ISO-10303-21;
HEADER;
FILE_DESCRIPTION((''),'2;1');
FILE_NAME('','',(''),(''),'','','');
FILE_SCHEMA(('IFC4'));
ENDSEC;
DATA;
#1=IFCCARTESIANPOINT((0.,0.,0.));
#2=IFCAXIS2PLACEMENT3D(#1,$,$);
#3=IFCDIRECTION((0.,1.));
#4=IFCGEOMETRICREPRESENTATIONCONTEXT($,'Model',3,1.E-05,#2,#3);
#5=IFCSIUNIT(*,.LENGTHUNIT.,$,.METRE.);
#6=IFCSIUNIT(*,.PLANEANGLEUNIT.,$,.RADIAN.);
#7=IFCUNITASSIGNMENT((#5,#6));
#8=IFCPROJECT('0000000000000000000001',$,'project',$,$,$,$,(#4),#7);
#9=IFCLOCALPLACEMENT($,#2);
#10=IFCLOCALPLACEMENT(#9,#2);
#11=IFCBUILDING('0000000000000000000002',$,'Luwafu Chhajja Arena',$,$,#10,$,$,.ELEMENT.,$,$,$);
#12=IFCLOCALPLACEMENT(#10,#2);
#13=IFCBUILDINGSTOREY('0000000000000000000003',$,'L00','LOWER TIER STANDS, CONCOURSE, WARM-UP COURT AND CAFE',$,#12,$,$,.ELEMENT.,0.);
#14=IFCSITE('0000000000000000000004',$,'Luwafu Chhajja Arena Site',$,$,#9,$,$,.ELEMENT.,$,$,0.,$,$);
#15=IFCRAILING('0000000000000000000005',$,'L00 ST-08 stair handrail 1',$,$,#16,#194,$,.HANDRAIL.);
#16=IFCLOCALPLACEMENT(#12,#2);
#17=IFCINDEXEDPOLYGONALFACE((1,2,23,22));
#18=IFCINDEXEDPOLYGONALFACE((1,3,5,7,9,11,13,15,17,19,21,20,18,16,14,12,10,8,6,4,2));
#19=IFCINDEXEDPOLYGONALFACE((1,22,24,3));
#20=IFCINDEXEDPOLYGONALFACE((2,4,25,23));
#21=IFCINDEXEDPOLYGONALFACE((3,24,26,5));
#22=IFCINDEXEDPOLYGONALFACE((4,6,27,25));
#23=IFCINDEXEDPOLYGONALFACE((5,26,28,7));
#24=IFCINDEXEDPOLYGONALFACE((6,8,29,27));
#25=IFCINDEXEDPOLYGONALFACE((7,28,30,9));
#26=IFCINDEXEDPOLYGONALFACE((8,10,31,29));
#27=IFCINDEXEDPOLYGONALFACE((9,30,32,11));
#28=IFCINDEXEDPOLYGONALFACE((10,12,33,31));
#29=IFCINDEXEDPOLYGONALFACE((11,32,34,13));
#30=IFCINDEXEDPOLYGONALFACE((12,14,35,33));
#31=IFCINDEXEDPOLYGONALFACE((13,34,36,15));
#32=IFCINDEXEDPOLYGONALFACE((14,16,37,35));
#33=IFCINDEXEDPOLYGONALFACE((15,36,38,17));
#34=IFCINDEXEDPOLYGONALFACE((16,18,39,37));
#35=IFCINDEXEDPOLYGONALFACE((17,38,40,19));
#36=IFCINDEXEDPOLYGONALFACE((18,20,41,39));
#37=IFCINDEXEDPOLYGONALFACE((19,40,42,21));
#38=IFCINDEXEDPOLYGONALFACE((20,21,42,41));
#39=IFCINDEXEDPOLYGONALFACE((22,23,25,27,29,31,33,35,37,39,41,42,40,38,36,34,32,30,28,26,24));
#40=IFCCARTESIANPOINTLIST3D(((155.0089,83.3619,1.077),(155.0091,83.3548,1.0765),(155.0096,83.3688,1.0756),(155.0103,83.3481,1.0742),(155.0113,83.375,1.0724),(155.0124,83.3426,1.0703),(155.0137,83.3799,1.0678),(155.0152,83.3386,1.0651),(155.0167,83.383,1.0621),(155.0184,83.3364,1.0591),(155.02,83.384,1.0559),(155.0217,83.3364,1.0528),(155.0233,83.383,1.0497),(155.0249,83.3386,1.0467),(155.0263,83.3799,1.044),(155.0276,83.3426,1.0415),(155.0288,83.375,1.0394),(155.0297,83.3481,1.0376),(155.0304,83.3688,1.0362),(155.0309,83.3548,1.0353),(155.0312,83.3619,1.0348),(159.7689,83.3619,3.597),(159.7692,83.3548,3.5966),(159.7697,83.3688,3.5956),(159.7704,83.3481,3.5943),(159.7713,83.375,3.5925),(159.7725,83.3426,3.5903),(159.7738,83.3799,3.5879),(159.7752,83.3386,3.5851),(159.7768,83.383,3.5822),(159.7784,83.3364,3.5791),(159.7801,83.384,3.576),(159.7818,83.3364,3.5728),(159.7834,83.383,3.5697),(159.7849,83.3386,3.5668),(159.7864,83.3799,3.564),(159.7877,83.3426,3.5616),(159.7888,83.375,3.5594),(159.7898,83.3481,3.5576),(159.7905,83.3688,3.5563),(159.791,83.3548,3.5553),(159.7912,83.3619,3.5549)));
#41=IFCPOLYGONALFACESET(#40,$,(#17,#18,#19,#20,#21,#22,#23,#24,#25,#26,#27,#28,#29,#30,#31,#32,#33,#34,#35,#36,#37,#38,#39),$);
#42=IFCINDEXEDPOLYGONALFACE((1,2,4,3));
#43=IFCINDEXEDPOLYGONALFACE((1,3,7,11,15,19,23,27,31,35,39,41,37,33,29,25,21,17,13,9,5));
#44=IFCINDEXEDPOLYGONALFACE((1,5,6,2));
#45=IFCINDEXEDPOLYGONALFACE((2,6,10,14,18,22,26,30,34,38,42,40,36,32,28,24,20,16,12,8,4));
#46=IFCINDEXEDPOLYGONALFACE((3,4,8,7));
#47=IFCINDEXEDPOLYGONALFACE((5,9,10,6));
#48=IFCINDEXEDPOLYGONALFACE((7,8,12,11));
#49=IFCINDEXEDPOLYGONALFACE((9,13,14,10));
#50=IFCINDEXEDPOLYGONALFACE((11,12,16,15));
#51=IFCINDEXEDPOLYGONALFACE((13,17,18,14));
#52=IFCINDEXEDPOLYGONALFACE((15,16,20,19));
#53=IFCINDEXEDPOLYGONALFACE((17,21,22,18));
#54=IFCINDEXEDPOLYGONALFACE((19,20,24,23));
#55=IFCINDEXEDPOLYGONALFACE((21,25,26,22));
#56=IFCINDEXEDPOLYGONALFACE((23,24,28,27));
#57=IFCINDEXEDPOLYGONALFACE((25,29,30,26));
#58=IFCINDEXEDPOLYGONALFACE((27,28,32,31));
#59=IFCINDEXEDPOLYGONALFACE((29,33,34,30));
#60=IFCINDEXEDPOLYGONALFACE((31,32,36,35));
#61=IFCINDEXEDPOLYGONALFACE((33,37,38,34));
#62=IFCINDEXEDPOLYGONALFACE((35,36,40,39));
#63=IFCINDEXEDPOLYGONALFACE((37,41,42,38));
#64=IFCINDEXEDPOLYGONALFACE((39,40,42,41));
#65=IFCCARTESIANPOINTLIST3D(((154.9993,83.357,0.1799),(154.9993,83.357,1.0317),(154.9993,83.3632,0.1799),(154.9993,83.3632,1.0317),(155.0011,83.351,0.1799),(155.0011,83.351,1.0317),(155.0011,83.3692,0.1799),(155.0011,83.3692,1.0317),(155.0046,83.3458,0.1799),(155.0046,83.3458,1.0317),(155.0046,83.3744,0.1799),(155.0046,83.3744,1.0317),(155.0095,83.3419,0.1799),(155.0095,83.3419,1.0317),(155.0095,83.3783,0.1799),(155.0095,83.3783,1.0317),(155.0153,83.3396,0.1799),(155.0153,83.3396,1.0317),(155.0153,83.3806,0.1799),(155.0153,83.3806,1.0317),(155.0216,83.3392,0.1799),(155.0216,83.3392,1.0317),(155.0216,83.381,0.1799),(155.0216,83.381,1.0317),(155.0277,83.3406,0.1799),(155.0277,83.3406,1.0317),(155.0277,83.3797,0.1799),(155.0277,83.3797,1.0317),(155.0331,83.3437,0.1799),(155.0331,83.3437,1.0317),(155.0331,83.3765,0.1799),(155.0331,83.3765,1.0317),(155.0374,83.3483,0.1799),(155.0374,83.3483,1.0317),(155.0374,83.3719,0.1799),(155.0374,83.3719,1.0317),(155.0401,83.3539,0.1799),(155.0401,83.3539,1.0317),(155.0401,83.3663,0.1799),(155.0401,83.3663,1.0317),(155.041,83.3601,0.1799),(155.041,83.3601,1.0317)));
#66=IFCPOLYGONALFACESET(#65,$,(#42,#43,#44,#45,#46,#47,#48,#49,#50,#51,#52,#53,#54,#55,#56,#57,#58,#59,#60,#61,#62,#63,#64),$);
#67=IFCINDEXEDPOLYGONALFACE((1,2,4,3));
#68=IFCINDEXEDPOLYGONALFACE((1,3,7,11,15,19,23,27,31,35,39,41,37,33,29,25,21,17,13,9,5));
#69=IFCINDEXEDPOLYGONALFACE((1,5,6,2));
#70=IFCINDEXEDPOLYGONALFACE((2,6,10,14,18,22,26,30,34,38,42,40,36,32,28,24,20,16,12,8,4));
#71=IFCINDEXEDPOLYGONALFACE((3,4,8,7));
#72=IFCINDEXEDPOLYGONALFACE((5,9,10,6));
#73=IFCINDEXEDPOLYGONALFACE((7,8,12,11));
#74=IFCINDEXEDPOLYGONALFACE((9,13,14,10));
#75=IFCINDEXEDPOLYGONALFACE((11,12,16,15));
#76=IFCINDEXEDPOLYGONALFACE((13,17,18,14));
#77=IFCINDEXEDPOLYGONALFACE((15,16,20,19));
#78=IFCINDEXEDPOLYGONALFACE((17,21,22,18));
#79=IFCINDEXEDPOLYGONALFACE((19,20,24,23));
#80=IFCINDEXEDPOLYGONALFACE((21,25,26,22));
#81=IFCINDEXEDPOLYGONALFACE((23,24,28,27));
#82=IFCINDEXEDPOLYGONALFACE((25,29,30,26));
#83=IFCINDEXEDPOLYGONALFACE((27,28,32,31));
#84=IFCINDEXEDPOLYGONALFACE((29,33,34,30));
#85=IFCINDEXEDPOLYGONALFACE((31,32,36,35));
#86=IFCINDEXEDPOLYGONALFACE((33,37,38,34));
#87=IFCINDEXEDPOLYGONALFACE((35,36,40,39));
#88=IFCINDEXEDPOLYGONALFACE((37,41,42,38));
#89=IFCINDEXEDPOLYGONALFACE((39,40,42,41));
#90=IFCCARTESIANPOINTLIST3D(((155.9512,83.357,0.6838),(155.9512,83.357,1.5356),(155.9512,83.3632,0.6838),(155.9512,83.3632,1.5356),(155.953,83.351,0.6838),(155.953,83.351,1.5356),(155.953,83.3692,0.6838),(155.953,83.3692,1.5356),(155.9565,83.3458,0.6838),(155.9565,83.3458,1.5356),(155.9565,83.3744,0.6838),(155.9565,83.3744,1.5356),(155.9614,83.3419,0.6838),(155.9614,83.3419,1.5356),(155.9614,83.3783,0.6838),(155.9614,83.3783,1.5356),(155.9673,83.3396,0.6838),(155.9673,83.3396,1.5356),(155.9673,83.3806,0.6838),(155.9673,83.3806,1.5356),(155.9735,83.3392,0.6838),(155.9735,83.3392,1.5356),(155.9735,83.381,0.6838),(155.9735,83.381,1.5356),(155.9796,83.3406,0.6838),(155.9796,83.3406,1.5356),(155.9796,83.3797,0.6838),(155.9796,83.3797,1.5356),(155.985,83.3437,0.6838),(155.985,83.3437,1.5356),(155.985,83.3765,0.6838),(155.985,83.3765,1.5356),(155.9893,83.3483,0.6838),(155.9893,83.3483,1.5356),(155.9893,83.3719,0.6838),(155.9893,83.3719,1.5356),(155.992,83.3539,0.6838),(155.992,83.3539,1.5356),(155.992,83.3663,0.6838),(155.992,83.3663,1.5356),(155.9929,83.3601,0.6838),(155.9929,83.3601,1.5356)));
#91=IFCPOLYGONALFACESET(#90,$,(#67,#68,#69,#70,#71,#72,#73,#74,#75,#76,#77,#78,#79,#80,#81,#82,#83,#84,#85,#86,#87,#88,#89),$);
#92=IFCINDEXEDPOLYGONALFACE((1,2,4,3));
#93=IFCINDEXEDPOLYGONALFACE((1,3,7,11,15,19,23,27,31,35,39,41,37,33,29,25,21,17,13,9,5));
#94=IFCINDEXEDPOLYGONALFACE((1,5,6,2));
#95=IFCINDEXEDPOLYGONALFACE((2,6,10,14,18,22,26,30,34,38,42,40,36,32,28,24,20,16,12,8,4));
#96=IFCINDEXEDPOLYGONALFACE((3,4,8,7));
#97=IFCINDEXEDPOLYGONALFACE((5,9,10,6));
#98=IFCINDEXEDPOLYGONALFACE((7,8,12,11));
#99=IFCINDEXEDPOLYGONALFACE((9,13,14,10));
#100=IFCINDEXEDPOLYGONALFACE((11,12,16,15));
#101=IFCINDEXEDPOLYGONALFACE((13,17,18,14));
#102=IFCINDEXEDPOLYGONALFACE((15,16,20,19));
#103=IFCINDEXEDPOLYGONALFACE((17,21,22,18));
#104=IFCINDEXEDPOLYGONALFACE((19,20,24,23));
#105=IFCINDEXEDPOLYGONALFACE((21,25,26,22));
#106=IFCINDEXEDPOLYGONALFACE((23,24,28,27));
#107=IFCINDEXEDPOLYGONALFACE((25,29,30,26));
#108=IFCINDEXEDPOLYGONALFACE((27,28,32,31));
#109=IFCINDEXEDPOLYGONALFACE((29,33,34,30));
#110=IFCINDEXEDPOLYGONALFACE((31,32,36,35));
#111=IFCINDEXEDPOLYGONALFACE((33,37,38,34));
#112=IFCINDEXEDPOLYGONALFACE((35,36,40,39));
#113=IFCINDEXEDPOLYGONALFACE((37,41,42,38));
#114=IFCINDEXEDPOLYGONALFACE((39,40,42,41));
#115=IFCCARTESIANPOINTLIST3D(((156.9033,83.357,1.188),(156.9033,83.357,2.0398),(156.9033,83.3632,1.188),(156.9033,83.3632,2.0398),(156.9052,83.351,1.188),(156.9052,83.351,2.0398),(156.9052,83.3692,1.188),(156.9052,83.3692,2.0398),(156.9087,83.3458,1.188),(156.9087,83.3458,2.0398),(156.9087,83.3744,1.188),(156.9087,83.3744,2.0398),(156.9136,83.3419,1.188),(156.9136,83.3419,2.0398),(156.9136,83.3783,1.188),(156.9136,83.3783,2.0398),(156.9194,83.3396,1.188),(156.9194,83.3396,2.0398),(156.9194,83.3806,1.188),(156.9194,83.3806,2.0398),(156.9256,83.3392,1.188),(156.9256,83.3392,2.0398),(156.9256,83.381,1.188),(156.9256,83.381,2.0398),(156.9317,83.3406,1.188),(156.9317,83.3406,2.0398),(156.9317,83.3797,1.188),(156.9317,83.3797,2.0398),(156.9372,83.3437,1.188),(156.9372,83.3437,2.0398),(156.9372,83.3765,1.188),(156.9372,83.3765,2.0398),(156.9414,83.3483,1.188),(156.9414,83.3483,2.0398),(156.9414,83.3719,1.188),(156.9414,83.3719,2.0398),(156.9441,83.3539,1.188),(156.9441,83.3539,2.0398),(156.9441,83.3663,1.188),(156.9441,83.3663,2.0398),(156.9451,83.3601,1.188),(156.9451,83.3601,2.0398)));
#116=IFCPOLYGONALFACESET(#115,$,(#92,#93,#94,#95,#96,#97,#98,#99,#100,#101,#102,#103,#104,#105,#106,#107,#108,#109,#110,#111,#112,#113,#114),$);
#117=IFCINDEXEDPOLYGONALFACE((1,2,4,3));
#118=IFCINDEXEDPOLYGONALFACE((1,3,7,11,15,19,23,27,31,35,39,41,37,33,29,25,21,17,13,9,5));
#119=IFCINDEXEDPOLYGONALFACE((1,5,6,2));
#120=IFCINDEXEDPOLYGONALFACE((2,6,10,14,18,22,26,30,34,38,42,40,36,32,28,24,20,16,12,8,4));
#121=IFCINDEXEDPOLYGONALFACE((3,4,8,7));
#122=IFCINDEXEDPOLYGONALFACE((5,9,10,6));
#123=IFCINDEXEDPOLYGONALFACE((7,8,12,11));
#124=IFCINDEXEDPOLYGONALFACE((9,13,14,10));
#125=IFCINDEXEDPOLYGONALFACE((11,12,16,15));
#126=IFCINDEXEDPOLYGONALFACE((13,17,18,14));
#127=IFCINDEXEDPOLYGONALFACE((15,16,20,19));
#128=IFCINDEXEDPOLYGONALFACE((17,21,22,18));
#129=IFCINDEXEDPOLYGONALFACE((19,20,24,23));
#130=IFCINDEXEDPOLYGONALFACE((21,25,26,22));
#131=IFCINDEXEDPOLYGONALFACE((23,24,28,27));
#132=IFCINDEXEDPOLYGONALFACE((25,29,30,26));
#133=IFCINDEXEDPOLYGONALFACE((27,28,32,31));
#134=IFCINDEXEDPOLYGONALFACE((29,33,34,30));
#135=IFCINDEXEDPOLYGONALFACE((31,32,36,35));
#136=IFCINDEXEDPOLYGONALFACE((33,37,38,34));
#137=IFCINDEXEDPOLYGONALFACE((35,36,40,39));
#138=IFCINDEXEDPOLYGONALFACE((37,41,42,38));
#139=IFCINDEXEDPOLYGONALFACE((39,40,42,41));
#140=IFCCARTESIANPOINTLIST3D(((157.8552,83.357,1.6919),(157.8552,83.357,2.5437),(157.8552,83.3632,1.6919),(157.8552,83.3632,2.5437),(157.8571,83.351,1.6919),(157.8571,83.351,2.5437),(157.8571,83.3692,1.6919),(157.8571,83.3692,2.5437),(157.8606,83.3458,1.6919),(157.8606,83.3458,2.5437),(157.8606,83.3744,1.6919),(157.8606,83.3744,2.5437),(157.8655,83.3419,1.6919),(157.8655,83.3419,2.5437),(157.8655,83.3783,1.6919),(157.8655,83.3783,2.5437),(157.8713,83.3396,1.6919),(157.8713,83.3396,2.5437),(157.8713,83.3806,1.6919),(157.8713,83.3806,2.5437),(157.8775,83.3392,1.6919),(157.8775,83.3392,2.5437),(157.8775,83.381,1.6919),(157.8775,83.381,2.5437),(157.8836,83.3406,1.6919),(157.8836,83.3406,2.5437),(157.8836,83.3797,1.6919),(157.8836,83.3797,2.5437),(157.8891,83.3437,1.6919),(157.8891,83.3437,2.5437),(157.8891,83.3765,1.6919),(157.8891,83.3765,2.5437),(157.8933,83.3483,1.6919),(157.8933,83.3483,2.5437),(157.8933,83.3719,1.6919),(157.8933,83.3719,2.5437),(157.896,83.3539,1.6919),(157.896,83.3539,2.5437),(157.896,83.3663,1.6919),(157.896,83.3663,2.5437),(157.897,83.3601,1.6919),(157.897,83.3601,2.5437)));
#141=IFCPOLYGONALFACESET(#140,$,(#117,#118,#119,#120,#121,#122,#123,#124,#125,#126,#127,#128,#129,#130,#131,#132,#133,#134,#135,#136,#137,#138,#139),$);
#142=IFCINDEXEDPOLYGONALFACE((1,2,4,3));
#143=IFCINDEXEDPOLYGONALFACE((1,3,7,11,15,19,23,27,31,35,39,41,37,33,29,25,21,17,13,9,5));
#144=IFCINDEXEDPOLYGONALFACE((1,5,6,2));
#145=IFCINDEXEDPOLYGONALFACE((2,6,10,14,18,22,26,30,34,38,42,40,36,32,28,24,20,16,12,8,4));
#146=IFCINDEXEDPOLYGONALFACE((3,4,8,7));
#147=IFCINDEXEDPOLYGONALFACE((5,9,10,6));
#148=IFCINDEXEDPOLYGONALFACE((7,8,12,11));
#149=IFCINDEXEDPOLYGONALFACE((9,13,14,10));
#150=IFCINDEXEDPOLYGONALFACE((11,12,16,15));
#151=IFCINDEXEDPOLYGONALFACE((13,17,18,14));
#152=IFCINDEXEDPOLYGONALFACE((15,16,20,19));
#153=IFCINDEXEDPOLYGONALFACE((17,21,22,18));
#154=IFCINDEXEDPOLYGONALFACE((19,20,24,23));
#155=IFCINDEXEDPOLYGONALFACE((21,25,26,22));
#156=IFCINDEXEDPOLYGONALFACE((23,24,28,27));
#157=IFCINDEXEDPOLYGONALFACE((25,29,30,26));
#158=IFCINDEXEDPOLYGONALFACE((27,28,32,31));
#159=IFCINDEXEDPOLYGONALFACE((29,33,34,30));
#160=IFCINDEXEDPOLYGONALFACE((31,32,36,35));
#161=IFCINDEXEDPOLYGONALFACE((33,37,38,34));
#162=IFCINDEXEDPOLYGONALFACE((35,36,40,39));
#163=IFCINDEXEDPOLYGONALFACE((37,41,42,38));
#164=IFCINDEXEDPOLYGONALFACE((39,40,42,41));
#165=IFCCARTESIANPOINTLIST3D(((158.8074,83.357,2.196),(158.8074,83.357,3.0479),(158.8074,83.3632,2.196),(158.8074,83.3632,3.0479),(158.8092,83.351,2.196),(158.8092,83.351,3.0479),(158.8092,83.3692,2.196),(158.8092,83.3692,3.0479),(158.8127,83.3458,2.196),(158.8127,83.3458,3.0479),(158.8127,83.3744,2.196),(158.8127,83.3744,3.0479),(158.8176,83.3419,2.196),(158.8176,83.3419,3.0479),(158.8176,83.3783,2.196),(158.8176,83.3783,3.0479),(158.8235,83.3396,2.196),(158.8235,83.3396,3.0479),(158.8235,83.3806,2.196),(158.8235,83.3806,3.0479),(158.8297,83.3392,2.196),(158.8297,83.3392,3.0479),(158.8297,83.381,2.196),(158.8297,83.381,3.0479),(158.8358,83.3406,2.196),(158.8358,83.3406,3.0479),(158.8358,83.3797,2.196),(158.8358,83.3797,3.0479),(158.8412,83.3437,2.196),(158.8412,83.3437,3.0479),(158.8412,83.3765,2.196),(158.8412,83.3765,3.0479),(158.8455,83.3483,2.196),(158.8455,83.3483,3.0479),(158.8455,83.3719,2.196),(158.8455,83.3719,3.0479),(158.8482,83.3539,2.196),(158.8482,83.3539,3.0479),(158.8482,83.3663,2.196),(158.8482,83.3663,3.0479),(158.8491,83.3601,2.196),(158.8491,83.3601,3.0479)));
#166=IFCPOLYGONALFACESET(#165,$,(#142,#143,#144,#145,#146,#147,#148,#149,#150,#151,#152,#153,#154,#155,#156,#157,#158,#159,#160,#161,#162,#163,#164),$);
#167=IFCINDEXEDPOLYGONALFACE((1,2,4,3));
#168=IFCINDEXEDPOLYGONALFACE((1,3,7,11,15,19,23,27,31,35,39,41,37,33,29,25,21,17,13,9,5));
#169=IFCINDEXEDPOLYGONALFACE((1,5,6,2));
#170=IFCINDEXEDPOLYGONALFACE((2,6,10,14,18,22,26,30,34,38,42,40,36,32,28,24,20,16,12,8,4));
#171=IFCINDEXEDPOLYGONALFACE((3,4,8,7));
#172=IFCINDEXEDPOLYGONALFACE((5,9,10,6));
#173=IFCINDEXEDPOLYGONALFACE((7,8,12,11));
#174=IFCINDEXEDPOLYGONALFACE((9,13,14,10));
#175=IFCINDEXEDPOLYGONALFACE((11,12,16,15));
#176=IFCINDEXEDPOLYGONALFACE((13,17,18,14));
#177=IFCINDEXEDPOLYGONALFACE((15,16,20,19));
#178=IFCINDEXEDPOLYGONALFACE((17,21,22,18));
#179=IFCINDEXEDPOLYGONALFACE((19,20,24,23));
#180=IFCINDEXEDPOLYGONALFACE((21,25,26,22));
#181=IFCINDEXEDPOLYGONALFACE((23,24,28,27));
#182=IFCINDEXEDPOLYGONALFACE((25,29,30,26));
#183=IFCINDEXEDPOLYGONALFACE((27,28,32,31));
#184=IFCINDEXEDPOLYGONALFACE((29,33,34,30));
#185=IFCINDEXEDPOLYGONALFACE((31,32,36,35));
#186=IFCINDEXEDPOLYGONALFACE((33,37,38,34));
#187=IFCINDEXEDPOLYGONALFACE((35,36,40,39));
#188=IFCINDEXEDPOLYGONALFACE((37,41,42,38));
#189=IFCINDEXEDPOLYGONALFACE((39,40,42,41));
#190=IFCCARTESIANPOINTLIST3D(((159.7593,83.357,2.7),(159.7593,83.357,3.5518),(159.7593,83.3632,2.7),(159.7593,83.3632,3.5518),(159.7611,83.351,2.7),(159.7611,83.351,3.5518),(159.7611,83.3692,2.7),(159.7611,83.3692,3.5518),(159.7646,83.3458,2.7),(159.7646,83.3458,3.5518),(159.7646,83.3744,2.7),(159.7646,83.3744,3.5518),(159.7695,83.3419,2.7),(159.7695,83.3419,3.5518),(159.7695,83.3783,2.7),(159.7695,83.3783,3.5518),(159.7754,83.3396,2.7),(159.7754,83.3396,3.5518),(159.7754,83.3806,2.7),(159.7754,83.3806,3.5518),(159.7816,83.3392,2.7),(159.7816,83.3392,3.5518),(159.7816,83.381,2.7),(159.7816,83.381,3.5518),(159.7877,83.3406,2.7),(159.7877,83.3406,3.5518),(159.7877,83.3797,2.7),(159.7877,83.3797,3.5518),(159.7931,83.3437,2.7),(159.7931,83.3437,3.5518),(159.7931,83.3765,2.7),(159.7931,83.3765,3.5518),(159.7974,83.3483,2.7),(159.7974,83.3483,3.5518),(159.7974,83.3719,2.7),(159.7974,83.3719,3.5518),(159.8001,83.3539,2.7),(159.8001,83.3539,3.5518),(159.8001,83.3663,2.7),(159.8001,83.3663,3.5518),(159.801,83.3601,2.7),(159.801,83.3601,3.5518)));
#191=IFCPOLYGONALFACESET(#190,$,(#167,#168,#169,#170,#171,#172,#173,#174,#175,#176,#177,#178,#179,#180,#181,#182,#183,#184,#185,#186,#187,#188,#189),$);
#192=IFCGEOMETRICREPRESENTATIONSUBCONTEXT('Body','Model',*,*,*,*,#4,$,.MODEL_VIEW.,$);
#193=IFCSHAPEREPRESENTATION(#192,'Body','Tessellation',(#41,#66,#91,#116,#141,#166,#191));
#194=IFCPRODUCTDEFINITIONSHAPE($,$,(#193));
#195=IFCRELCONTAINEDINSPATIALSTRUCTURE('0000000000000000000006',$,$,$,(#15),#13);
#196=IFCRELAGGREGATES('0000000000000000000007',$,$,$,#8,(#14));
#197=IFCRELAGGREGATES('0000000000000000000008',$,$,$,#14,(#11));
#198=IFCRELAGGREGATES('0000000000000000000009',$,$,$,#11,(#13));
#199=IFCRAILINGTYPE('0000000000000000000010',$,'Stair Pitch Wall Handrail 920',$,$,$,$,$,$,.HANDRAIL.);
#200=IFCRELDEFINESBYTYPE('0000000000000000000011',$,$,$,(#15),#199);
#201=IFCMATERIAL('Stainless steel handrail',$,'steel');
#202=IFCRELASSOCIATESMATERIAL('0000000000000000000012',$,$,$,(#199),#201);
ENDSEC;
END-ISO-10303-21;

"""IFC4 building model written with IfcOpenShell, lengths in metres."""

from ifc_helpers import new_model, si_unit, direction, frame, origin, origin_2d, place, context, subcontext, project, spatial, circle, extrude, material, type_object, element, save


model = new_model("IFC4")

# Units and contexts
model_context = context("Model", 3, precision=1e-05, world=origin(), true_north=direction((0.0, 1.0)))
body_context = subcontext(model_context, "Body", "Model", "MODEL_VIEW")
ifc_project = project(units=[si_unit("LENGTHUNIT", "METRE"), si_unit("PLANEANGLEUNIT", "RADIAN")], contexts=[model_context])

# Site, building, storey
site_placement = place(None, origin())
site = spatial("IfcSite", under=ifc_project, at=site_placement, Name="Luwafu Chhajja Arena Site", CompositionType="ELEMENT", RefElevation=0.0)
building_placement = place(site_placement, origin())
building = spatial("IfcBuilding", under=site, at=building_placement, Name="Luwafu Chhajja Arena", CompositionType="ELEMENT")
storey_placement = place(building_placement, origin())
storey = spatial("IfcBuildingStorey", under=building, at=storey_placement, Name="L00", Description="LOWER TIER STANDS, CONCOURSE, WARM-UP COURT AND CAFE", CompositionType="ELEMENT", Elevation=0.0)

# Railing
ifc_material_1 = material(Name="Stainless steel handrail", Category="steel")
railing_type_1 = type_object("IfcRailingType", Name="Stair Pitch Wall Handrail 920", PredefinedType="HANDRAIL", material=ifc_material_1)
railing_1_placement = place(storey_placement, frame((155.02, 83.3601, 0.1799)))
element("IfcRailing", 1, at=railing_1_placement, inside=storey, type_object=railing_type_1, Name="L00 ST-08 stair handrail 1", PredefinedType="HANDRAIL", context=body_context, shape_type="SweptSolid", body=[
    extrude(circle(Radius=0.0239, at=origin_2d()), frame((0.0, 0.0, 0.876), z_axis=(0.883787, 0.0, 0.46789), x_axis=(0.0, 1.0, 0.0)), (0.0, 0.0, 1.0), 5.386),
    extrude(circle(Radius=0.021, at=origin_2d()), origin(), (0.0, 0.0, 1.0), 0.8518),
    extrude(circle(Radius=0.021, at=origin_2d()), frame((0.9519, 0.0, 0.5039)), (0.0, 0.0, 1.0), 0.8518),
    extrude(circle(Radius=0.021, at=origin_2d()), frame((1.9041, 0.0, 1.0081)), (0.0, 0.0, 1.0), 0.8518),
    extrude(circle(Radius=0.021, at=origin_2d()), frame((2.856, 0.0, 1.512)), (0.0, 0.0, 1.0), 0.8518),
    extrude(circle(Radius=0.021, at=origin_2d()), frame((3.8081, 0.0, 2.0161)), (0.0, 0.0, 1.0), 0.8518),
    extrude(circle(Radius=0.021, at=origin_2d()), frame((4.76, 0.0, 2.52)), (0.0, 0.0, 1.0), 0.8518),
])

save(model, "model.ifc")
